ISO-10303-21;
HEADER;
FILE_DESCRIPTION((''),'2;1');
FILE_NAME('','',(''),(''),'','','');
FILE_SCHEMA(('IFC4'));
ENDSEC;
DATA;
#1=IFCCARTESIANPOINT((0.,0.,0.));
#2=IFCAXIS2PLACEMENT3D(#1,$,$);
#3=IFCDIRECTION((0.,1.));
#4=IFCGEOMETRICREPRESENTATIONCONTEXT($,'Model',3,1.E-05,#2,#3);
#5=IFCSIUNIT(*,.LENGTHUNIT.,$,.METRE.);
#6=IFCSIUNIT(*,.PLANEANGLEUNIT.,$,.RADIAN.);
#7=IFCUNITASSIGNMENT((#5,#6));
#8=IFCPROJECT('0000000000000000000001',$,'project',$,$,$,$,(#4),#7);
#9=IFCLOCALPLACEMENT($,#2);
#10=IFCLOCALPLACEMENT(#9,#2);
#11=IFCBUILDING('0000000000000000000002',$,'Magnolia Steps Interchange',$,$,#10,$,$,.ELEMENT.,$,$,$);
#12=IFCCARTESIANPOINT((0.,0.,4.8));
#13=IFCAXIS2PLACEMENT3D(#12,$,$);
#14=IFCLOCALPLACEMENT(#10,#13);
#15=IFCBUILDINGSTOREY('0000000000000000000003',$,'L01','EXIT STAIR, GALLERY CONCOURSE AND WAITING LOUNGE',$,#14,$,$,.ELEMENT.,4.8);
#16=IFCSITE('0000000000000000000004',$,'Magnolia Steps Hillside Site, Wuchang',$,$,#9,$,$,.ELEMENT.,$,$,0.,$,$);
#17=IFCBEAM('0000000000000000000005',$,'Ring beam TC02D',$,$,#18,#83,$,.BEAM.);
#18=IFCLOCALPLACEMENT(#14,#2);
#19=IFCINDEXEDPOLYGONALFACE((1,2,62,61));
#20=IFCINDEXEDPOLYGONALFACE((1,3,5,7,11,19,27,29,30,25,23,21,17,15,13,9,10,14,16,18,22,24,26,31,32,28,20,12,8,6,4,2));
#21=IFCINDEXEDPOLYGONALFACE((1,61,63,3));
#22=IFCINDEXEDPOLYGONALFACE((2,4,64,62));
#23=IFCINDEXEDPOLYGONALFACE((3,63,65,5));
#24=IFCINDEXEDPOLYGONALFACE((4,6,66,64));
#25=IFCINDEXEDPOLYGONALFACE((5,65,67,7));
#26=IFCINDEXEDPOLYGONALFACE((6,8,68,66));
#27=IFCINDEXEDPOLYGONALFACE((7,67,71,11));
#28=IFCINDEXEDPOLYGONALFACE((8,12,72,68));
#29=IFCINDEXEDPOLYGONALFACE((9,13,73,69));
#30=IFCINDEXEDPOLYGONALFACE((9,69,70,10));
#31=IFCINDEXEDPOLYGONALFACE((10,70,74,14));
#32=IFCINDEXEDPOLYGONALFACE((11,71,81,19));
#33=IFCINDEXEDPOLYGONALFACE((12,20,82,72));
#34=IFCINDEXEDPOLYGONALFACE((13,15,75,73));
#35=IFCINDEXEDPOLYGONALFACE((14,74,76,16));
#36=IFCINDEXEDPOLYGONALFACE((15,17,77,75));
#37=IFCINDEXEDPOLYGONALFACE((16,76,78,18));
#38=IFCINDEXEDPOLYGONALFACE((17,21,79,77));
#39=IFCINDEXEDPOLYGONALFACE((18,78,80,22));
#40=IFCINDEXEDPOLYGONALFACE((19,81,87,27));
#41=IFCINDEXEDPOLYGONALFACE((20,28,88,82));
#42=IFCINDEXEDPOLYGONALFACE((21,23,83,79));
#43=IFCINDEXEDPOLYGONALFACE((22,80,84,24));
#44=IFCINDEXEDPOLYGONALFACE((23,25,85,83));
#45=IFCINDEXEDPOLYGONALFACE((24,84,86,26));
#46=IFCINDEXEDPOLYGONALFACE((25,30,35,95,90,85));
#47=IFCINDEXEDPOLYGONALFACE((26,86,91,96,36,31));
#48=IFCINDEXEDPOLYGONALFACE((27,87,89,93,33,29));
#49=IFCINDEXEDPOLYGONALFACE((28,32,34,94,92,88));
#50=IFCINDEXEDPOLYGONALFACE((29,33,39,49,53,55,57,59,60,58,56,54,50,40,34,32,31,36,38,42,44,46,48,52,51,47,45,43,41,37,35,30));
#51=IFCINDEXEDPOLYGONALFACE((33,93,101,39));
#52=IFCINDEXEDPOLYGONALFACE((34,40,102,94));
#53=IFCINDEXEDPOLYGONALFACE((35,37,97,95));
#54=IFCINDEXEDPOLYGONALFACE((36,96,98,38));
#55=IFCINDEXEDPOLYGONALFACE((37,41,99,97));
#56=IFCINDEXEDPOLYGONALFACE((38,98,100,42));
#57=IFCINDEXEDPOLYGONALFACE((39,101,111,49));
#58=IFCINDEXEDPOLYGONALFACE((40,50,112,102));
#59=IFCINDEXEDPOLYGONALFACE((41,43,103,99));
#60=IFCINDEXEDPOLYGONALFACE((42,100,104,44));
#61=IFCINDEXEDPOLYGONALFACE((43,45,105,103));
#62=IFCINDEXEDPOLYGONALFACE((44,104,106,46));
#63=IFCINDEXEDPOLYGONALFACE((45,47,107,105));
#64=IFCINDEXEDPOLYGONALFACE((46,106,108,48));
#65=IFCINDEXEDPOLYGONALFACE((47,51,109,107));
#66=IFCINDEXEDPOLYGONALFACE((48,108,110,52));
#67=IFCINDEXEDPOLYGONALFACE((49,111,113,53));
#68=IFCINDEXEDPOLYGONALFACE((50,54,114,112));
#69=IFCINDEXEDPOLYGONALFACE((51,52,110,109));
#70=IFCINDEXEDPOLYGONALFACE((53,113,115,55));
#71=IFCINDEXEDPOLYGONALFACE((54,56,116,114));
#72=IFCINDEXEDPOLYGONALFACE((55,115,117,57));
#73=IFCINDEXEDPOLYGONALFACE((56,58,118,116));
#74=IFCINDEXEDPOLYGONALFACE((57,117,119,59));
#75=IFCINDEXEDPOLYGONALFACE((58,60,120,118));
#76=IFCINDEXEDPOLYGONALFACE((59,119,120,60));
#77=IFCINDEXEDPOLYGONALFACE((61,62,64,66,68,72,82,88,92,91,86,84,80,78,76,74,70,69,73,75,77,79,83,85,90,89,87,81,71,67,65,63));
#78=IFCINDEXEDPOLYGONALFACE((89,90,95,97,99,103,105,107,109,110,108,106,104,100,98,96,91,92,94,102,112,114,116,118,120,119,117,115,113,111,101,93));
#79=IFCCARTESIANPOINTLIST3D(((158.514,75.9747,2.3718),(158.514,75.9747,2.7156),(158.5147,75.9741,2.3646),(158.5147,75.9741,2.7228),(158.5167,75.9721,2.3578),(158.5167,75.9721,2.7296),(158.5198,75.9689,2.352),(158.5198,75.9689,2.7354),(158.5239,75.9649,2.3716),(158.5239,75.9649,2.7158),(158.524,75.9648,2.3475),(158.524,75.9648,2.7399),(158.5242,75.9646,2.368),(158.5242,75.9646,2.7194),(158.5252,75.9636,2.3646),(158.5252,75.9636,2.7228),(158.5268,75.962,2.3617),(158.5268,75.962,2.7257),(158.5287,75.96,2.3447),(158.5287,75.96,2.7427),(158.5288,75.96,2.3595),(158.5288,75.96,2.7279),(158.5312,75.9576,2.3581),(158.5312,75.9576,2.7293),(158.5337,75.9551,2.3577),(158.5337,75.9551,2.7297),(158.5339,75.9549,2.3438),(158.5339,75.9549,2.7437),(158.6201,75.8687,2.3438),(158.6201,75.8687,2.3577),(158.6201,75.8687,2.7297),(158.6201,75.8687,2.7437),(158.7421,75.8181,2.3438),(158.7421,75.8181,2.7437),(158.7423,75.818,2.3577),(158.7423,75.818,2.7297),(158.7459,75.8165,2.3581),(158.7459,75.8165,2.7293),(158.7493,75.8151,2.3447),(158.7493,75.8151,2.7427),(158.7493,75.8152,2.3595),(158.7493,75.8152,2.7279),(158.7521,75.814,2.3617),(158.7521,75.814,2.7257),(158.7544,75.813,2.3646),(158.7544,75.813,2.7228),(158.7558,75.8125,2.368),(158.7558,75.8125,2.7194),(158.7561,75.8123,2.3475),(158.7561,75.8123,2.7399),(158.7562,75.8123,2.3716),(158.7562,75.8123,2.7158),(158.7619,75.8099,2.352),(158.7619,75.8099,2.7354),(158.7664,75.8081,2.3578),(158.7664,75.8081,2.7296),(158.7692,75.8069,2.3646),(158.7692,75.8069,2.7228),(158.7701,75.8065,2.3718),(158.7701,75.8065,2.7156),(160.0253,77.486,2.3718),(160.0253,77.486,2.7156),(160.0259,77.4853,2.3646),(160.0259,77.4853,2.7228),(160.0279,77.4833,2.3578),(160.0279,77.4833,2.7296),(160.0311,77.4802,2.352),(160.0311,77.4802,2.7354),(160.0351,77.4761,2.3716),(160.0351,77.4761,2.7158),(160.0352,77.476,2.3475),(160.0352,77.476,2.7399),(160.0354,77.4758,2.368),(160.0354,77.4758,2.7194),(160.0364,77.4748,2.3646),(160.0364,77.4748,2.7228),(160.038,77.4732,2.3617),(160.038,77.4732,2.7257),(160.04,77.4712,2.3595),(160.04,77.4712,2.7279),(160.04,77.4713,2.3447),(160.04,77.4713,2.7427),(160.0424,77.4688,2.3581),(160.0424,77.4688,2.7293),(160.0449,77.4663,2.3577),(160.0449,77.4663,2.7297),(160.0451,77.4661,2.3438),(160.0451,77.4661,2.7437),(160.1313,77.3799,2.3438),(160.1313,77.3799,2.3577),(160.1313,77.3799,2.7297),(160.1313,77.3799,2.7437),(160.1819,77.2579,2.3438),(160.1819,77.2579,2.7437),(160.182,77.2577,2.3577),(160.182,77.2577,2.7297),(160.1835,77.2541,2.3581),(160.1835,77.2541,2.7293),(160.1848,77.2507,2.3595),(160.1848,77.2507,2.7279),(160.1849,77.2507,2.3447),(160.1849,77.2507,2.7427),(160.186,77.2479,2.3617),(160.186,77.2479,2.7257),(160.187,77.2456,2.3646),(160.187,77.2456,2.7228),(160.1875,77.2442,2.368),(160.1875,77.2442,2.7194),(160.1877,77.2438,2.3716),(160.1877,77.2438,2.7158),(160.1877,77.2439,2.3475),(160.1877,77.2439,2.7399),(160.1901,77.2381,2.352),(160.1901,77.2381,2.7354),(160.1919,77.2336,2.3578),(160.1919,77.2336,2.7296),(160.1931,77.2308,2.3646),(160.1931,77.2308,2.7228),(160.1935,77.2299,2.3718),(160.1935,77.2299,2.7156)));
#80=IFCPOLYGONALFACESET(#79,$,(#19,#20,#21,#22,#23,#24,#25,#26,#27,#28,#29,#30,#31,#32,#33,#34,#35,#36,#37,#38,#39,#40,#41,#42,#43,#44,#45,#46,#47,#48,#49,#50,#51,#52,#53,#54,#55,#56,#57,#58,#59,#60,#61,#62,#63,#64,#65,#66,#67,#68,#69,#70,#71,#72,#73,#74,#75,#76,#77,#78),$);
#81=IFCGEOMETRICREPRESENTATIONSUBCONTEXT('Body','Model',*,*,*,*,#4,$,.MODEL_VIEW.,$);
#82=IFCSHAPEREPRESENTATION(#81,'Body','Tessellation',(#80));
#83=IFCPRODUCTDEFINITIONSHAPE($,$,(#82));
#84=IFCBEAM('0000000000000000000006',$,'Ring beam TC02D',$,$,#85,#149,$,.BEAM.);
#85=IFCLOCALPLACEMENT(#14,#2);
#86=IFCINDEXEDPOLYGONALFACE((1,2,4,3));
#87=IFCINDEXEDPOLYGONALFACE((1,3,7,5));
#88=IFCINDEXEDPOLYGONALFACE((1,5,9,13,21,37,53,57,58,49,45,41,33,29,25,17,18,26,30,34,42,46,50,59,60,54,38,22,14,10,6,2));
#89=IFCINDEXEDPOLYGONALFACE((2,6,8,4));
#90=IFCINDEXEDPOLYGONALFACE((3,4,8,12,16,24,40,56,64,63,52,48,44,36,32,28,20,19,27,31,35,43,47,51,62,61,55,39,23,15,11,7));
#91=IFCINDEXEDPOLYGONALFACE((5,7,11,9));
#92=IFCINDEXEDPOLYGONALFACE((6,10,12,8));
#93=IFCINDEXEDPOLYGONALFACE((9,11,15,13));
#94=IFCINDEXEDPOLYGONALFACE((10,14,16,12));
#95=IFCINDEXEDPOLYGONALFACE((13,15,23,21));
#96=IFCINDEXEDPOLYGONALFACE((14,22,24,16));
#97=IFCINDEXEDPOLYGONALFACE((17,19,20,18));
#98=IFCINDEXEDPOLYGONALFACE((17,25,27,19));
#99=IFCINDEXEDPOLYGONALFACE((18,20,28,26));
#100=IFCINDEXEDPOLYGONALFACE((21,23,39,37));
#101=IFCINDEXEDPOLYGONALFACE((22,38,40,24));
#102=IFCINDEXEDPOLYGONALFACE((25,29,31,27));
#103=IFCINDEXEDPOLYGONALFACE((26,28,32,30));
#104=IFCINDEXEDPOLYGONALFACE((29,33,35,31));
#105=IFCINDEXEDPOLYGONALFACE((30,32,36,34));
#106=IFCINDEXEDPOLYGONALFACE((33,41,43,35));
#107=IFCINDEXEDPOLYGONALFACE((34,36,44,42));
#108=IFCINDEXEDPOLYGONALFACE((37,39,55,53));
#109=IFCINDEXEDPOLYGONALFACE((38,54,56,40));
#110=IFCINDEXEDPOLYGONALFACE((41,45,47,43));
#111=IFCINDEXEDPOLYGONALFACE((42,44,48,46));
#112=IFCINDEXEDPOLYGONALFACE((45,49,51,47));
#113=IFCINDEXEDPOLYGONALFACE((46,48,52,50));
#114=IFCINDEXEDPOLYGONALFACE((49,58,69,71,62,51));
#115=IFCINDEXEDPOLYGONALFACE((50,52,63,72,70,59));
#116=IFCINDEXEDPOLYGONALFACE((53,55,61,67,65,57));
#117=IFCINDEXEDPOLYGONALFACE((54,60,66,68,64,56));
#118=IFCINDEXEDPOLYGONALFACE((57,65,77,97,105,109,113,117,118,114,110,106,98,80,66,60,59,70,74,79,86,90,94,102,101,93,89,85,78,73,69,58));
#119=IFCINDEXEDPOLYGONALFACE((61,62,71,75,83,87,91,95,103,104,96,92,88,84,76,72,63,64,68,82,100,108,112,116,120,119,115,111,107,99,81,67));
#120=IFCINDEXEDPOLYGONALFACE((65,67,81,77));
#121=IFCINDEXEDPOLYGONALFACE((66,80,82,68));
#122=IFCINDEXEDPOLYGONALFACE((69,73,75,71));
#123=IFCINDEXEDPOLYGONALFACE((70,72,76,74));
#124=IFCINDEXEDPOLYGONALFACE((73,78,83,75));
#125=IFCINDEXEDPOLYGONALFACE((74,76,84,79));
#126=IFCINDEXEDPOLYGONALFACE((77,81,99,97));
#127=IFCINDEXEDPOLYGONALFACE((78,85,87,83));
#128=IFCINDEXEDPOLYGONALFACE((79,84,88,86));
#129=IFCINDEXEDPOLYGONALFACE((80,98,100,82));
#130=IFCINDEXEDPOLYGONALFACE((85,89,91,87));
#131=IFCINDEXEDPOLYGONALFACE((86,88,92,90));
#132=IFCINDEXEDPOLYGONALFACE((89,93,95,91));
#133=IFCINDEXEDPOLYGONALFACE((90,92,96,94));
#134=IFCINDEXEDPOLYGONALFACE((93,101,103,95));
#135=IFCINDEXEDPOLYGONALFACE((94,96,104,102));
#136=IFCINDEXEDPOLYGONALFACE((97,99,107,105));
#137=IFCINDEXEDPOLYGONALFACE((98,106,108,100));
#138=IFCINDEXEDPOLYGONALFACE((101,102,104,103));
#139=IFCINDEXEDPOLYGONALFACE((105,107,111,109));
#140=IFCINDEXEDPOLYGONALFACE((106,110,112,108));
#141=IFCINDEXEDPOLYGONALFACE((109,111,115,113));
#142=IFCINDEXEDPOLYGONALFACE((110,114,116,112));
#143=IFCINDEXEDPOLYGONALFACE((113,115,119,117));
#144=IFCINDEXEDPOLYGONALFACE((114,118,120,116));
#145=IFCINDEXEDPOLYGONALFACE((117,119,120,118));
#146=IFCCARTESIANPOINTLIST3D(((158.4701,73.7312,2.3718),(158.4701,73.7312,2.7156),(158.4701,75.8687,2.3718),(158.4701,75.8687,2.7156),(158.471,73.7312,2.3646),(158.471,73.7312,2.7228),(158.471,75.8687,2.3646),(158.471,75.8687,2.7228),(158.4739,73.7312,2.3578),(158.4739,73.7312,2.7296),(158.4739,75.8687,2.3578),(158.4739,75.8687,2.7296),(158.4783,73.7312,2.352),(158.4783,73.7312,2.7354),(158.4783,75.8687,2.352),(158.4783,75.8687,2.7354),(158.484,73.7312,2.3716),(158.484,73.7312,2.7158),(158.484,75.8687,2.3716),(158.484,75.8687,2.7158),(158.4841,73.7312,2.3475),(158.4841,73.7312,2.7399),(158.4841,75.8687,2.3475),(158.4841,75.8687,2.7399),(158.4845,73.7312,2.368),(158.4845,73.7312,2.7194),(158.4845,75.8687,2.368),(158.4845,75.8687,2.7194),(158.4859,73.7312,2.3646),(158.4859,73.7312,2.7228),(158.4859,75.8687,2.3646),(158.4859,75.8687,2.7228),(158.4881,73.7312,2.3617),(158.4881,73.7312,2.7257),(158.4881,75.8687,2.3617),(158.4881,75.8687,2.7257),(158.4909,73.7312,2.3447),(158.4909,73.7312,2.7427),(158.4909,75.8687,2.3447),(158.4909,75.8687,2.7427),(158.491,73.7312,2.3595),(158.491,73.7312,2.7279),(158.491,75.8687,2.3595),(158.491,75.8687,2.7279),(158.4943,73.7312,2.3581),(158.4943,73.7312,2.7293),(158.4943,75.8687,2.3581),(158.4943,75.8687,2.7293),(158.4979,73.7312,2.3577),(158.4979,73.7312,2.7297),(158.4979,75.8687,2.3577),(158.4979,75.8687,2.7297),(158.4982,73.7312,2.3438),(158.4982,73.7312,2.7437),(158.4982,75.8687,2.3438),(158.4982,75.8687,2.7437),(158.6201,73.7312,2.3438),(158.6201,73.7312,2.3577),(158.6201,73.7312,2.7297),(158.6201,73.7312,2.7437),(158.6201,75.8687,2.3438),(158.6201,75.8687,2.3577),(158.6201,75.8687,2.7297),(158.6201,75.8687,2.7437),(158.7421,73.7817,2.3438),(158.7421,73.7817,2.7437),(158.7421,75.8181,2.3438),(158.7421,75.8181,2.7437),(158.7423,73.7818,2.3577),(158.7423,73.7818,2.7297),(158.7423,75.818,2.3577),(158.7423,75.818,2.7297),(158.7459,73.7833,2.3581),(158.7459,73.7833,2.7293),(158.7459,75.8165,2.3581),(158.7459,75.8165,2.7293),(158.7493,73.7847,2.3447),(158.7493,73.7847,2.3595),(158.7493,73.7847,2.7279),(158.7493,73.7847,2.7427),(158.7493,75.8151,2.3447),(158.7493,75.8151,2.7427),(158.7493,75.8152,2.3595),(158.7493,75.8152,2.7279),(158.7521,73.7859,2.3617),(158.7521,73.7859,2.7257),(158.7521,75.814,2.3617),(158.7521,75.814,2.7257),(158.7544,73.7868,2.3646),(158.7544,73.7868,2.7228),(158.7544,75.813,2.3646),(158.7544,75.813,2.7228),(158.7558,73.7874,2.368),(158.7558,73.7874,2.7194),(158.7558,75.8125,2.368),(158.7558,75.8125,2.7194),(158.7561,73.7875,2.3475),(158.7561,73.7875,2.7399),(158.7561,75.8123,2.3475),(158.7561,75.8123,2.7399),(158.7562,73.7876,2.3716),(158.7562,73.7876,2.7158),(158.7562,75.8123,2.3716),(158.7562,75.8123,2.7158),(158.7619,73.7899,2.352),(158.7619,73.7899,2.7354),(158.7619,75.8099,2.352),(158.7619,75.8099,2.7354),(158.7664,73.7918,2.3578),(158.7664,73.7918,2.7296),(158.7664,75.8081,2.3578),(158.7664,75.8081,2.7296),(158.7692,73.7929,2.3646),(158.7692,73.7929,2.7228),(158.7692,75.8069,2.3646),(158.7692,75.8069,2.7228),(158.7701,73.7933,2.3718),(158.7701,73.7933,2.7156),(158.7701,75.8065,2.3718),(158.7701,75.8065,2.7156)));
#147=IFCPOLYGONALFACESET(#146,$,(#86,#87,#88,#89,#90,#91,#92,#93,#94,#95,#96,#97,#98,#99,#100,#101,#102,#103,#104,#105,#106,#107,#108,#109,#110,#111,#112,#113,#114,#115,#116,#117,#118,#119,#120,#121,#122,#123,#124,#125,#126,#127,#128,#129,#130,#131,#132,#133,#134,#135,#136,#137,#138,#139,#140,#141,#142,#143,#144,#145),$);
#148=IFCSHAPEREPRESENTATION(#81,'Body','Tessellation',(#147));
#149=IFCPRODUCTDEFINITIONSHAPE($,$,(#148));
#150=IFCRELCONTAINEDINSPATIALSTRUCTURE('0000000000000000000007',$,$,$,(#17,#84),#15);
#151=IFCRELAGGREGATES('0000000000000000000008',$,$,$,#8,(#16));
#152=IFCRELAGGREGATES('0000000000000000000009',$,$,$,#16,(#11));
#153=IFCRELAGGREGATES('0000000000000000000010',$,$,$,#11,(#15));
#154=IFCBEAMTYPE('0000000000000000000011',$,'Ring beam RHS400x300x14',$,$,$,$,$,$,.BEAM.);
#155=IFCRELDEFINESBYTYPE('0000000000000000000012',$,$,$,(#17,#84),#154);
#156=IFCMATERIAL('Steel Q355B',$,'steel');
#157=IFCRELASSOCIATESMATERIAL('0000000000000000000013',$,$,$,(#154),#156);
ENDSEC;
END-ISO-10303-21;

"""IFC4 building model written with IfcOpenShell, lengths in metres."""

from ifc_helpers import new_model, si_unit, direction, frame, origin, origin_2d, place, context, subcontext, project, spatial, hollow_rectangle, extrude, clip, halfspace, material, material_profile, profile_set, type_object, element, save


model = new_model("IFC4")

# Units and contexts
model_context = context("Model", 3, precision=1e-05, world=origin(), true_north=direction((0.0, 1.0)))
body_context = subcontext(model_context, "Body", "Model", "MODEL_VIEW")
ifc_project = project(units=[si_unit("LENGTHUNIT", "METRE"), si_unit("PLANEANGLEUNIT", "RADIAN")], contexts=[model_context])

# Site, building, storey
site_placement = place(None, origin())
site = spatial("IfcSite", under=ifc_project, at=site_placement, Name="Magnolia Steps Hillside Site, Wuchang", CompositionType="ELEMENT", RefElevation=0.0)
building_placement = place(site_placement, origin())
building = spatial("IfcBuilding", under=site, at=building_placement, Name="Magnolia Steps Interchange", CompositionType="ELEMENT")
storey_placement = place(building_placement, frame((0.0, 0.0, 4.8)))
storey = spatial("IfcBuildingStorey", under=building, at=storey_placement, Name="L01", Description="EXIT STAIR, GALLERY CONCOURSE AND WAITING LOUNGE", CompositionType="ELEMENT", Elevation=4.8)

# Beams
ifc_material_1 = material(Name="Steel Q355B", Category="steel")
ifc_material_profile_1 = material_profile(ifc_material_1, hollow_rectangle(XDim=0.3, YDim=0.3999, WallThickness=0.0139, InnerFilletRadius=0.0139, OuterFilletRadius=0.0281, at=origin_2d()), Name="RHS400x300x14")
ifc_profile_set_1 = profile_set([ifc_material_profile_1], Name="Steel Q355B")
beam_type = type_object("IfcBeamType", Name="Ring beam RHS400x300x14", PredefinedType="BEAM", material=ifc_profile_set_1)
beam_1_placement = place(storey_placement, frame((160.1313, 77.3799, 2.5437), z_axis=(-0.707107, -0.707107, 0.0), x_axis=(0.707107, -0.707107, 0.0)))
element("IfcBeam", 1, at=beam_1_placement, inside=storey, type_object=beam_type, Name="Ring beam TC02D", PredefinedType="BEAM", context=body_context, shape_type="Clipping", body=[
    clip(clip(extrude(hollow_rectangle(XDim=0.3, YDim=0.3999, WallThickness=0.0139, InnerFilletRadius=0.0139, OuterFilletRadius=0.0281, at=origin_2d()), origin(), (0.0, 0.0, 1.0), 2.1372), halfspace(frame((0.0, 0.0, 0.0), z_axis=(0.382683, 0.0, -0.92388), x_axis=(0.92388, 0.0, 0.382683)), False)), halfspace(frame((0.0, 0.0, 2.1372), z_axis=(0.382683, 0.0, 0.92388), x_axis=(0.92388, 0.0, -0.382683)), False)),
])
beam_2_placement = place(storey_placement, frame((158.6201, 75.8687, 2.5437), z_axis=(0.0, -1.0, 0.0), x_axis=(1.0, 0.0, 0.0)))
element("IfcBeam", 2, at=beam_2_placement, inside=storey, type_object=beam_type, Name="Ring beam TC02D", PredefinedType="BEAM", context=body_context, shape_type="Clipping", body=[
    clip(clip(extrude(hollow_rectangle(XDim=0.3, YDim=0.3999, WallThickness=0.0139, InnerFilletRadius=0.0139, OuterFilletRadius=0.0281, at=origin_2d()), origin(), (0.0, 0.0, 1.0), 2.1375), halfspace(frame((0.0, 0.0, 0.0), z_axis=(0.382683, 0.0, -0.92388), x_axis=(0.92388, 0.0, 0.382683)), False)), halfspace(frame((0.0, 0.0, 2.1375), z_axis=(0.382683, 0.0, 0.92388), x_axis=(0.92388, 0.0, -0.382683)), False)),
])

save(model, "model.ifc")
